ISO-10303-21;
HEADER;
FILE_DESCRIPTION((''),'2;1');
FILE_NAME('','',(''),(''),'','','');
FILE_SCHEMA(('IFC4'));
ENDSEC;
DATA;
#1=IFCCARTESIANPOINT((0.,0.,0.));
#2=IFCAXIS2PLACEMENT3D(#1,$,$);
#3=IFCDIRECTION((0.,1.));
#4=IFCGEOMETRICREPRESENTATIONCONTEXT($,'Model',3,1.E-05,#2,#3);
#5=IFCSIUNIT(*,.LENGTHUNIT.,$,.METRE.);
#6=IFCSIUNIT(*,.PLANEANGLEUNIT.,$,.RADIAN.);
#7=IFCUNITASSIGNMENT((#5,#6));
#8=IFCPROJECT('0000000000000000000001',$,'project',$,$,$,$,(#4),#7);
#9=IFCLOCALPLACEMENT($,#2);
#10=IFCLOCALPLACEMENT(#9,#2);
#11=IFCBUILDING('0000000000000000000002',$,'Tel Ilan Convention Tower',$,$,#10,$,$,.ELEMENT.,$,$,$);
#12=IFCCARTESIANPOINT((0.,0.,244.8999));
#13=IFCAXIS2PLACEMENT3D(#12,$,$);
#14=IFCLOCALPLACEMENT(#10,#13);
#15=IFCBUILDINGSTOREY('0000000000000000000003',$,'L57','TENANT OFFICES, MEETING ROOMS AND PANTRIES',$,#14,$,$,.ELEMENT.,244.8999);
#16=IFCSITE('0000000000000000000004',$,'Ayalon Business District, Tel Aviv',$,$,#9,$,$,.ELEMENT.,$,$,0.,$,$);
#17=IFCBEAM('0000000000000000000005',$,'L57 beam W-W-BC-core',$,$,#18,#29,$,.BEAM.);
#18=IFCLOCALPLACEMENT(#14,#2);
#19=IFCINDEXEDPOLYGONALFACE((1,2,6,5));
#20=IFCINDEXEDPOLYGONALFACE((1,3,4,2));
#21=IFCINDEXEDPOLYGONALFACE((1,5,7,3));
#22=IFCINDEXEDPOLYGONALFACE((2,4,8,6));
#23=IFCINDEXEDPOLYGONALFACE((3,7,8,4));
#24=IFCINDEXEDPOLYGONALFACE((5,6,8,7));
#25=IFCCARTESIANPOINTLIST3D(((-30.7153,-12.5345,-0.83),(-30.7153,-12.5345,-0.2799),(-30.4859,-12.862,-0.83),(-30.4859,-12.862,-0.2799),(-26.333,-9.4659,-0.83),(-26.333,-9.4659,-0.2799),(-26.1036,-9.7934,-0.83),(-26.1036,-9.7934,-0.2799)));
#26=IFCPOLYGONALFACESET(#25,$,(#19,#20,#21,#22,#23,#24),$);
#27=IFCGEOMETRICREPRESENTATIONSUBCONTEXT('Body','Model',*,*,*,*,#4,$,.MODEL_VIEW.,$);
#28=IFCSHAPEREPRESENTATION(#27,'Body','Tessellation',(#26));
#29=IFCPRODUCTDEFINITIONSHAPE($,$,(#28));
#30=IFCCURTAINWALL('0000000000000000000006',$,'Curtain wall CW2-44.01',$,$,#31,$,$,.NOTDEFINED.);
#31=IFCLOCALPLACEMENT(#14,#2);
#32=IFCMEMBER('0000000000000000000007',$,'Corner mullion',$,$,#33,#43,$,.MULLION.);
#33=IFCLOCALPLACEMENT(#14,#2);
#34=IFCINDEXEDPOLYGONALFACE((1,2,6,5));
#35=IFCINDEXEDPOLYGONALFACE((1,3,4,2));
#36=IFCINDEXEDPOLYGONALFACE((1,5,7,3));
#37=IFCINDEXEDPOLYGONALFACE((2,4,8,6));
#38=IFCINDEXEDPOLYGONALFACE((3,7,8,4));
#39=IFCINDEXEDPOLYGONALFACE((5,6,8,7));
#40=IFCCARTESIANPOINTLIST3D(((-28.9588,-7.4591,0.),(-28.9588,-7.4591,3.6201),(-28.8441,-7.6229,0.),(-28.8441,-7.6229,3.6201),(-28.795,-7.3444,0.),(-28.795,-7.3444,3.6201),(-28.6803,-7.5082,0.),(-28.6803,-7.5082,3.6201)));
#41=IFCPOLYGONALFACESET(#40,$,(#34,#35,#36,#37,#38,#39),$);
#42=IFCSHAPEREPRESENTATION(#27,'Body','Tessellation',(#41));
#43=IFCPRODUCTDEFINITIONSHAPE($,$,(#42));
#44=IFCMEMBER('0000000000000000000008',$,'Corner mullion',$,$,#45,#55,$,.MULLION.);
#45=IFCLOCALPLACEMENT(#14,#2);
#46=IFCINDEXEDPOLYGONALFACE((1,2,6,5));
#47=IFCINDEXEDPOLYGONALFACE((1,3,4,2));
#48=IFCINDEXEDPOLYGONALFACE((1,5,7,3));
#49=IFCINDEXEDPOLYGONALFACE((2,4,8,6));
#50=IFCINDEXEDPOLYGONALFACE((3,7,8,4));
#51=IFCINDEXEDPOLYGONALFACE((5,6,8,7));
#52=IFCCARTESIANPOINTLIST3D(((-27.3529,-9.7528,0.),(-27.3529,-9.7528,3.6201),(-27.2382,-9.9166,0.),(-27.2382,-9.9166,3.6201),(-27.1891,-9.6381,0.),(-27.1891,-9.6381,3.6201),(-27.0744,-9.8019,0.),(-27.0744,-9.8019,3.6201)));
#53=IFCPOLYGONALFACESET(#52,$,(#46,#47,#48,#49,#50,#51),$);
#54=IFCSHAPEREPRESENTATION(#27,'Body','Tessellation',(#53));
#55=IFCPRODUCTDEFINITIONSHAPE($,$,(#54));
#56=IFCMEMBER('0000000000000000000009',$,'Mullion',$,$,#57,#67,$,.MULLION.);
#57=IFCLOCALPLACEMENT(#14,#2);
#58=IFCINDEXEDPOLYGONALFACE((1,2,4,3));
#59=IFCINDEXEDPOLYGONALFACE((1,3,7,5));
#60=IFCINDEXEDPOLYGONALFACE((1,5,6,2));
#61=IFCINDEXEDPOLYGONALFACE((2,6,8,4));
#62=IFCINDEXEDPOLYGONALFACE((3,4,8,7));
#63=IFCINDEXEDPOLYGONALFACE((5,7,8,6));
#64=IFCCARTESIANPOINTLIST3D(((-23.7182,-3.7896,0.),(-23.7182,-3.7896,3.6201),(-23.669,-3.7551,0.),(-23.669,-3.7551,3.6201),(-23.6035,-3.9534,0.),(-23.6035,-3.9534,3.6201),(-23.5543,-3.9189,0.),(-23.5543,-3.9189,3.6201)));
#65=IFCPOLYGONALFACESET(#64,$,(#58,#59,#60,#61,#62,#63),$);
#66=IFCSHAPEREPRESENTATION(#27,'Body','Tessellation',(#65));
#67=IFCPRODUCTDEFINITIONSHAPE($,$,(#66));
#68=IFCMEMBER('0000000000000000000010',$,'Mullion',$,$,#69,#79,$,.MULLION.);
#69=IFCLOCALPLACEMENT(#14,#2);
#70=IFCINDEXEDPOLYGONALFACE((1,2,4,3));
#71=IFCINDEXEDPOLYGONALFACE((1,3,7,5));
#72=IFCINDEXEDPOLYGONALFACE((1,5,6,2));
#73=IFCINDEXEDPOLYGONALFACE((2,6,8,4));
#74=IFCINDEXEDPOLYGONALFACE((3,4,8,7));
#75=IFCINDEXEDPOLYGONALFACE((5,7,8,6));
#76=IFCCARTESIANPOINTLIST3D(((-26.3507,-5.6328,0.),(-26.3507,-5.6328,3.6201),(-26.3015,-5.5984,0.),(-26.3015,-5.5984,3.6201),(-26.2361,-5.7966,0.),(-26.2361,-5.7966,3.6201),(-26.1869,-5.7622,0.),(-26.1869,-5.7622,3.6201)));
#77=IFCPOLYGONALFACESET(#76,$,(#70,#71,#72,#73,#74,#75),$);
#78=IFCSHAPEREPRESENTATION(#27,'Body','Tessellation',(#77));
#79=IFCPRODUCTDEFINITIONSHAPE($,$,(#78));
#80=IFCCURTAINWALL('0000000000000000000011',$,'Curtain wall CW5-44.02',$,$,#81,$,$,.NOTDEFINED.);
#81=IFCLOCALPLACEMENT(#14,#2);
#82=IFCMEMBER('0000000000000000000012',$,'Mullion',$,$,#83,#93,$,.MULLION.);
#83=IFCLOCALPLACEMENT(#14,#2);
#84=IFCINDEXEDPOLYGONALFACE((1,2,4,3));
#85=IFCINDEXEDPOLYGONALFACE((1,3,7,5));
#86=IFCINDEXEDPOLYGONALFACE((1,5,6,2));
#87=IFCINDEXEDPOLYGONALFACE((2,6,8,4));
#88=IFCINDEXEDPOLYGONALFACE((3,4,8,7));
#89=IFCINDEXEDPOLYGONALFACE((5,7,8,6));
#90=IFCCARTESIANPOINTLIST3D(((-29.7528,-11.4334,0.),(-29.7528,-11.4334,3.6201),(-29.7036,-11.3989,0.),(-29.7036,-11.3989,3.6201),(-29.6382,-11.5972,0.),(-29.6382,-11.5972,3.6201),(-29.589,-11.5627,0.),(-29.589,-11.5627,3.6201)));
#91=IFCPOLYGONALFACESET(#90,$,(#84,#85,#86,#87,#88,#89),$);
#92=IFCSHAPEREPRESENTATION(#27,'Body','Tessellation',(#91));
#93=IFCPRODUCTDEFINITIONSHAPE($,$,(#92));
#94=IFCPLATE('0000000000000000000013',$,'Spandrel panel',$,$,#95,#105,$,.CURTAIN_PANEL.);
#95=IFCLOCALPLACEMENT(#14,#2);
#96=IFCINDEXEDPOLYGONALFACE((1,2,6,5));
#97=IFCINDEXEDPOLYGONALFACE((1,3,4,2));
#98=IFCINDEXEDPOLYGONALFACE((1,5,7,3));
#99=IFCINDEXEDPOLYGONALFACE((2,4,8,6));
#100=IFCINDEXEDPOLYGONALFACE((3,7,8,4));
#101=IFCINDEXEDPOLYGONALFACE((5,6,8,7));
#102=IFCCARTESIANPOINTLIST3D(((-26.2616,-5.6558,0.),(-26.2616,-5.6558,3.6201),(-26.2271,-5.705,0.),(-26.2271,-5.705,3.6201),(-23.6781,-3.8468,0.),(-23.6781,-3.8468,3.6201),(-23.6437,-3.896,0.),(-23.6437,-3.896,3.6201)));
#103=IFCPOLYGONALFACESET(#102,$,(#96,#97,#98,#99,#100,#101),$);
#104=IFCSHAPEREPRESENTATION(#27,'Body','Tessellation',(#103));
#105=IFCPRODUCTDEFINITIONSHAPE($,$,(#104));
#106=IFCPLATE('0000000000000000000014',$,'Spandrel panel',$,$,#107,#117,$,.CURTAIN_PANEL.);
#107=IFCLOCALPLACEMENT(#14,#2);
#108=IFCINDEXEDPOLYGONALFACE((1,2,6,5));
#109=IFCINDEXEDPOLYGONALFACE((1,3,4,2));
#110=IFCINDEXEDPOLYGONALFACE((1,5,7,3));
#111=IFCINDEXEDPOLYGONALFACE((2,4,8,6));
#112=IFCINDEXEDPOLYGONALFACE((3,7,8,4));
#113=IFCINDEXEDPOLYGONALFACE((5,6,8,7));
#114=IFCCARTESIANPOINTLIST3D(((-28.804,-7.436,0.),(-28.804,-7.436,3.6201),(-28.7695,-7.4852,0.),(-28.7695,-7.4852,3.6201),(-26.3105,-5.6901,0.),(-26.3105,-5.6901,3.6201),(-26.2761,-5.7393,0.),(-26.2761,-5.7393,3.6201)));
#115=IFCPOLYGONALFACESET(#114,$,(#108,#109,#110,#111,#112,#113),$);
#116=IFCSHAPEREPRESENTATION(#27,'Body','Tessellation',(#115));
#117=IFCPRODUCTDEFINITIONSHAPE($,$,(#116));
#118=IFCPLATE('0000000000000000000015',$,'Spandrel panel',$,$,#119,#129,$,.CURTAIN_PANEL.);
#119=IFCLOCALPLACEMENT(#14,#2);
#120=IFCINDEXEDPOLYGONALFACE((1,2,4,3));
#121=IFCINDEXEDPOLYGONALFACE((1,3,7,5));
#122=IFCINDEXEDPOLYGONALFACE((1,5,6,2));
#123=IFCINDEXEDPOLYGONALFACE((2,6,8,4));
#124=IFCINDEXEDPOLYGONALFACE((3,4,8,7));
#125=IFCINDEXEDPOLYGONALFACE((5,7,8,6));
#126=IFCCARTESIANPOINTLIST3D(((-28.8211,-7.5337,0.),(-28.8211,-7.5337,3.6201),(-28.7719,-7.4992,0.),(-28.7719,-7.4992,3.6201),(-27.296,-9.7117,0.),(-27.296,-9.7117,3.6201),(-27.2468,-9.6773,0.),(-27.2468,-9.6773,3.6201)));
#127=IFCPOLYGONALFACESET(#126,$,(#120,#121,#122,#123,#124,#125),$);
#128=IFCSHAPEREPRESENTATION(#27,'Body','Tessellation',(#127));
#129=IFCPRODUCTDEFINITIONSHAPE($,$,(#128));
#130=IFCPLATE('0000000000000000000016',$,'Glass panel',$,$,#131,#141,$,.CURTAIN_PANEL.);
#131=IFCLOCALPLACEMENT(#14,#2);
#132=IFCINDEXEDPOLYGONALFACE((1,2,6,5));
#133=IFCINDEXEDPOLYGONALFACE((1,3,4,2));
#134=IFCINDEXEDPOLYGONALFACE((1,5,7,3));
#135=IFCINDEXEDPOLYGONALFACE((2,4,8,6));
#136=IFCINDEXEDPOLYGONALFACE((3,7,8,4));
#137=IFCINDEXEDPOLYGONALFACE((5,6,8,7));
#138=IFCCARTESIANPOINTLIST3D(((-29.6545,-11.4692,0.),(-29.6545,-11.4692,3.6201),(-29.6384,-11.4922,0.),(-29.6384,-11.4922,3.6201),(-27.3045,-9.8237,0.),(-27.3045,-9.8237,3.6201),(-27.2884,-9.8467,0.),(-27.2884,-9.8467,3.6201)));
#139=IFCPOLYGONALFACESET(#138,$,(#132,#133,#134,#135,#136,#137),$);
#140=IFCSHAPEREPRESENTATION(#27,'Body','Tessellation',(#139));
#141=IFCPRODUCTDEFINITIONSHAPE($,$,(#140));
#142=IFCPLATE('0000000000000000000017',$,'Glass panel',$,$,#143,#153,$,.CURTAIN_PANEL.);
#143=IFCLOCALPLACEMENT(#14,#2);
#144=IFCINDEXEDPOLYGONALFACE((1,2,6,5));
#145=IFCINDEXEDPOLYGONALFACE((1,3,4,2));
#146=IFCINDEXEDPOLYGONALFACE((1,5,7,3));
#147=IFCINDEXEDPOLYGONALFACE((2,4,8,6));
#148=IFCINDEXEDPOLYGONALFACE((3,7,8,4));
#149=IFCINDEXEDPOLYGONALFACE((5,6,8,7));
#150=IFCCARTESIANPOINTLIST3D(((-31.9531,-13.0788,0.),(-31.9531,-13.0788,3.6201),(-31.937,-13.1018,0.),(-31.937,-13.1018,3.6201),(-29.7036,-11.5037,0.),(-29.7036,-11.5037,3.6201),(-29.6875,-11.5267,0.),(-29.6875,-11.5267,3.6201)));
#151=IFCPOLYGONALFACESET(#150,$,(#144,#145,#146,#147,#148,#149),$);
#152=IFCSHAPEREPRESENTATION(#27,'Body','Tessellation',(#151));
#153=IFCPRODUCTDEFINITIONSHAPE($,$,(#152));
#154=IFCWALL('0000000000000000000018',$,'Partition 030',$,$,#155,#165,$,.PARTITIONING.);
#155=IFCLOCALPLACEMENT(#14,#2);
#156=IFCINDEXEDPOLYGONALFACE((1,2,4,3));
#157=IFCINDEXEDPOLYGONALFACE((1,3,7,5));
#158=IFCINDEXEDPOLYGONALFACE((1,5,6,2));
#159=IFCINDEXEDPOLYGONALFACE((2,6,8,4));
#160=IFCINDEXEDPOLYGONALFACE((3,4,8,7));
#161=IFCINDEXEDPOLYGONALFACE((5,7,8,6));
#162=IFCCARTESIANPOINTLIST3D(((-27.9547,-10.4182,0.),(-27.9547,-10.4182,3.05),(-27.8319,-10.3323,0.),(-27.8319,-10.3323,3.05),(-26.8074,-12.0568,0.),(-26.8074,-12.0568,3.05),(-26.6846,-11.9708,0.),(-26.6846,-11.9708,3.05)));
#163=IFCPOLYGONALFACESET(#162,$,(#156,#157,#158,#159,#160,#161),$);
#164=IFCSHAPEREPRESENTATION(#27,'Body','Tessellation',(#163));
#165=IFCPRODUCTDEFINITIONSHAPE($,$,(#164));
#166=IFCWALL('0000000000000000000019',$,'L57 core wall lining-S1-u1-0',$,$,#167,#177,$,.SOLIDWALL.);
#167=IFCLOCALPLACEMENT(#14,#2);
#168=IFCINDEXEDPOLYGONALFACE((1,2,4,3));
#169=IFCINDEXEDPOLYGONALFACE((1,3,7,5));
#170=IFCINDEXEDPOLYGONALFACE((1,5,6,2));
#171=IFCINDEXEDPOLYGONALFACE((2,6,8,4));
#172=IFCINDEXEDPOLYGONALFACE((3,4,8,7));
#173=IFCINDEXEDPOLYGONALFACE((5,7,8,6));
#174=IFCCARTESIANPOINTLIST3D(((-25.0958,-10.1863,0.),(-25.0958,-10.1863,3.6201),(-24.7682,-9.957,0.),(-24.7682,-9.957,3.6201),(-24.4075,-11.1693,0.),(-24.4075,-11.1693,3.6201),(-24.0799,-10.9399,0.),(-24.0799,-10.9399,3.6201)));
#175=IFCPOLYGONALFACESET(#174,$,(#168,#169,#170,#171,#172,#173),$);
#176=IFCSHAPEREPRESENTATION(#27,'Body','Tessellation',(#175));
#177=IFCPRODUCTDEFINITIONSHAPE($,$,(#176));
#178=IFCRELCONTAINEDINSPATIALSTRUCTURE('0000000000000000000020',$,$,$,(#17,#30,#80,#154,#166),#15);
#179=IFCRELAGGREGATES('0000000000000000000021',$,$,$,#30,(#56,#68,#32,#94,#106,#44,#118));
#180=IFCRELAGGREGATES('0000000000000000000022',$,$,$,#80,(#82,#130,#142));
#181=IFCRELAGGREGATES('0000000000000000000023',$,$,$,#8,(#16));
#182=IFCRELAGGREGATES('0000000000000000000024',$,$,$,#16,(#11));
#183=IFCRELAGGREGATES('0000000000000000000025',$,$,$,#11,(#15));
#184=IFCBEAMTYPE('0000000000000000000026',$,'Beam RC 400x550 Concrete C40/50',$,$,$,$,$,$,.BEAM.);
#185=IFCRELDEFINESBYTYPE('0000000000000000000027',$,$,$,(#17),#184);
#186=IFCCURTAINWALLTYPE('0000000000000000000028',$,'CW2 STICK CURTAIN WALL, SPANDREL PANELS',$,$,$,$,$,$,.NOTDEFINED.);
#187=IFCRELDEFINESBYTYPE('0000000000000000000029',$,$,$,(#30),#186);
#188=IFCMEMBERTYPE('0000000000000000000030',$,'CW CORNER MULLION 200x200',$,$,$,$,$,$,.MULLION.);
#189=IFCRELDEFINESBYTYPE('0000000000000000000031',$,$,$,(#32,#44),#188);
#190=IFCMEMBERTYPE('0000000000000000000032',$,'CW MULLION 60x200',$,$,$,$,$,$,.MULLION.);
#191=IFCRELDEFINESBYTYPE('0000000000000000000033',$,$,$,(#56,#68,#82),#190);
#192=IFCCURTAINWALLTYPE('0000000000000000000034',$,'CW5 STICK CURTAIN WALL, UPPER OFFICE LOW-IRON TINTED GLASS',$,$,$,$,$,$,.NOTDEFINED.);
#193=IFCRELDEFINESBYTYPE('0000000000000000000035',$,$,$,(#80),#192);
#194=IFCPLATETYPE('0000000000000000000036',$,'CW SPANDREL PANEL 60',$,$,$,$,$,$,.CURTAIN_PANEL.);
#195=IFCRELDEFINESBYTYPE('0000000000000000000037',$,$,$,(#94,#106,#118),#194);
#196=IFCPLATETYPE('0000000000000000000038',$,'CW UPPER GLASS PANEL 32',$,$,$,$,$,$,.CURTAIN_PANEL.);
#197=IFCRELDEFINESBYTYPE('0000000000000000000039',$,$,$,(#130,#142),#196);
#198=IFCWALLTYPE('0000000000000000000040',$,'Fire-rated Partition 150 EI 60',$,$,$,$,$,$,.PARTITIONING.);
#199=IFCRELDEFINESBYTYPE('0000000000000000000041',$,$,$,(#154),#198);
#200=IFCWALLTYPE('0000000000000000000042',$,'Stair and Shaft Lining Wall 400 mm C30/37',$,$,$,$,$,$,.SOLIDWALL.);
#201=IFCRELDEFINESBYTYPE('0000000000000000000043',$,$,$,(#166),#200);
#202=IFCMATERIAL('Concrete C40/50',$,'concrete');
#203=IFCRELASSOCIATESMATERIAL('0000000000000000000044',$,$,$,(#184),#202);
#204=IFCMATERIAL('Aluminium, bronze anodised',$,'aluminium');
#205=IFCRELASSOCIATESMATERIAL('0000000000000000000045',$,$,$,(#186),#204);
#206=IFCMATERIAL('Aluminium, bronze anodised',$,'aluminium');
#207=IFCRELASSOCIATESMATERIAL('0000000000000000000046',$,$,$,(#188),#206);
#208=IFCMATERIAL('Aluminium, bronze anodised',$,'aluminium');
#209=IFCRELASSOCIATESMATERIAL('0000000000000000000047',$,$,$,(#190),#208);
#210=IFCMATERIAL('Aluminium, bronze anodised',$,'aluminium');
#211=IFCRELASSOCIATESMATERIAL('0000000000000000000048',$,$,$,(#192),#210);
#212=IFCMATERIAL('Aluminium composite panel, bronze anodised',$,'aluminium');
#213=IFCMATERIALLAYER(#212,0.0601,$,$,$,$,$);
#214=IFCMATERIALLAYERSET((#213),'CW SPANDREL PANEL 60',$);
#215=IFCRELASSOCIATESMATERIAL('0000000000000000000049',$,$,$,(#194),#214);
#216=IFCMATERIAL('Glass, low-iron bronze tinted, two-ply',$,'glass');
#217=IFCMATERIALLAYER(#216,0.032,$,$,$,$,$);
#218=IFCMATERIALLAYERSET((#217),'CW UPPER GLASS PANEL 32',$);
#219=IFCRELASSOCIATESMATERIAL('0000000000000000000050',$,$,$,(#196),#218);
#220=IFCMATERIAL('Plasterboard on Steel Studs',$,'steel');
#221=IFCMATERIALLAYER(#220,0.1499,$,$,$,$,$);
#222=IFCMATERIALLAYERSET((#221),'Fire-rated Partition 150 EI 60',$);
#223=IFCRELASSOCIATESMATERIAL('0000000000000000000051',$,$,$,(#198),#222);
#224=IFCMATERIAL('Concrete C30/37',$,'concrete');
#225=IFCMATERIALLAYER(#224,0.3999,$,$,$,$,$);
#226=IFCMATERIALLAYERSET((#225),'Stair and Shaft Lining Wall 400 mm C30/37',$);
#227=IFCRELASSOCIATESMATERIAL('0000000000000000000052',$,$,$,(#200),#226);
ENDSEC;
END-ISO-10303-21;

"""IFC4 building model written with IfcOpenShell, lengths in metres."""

from ifc_helpers import new_model, si_unit, direction, frame, frame_2d, origin, origin_2d, place, context, subcontext, project, spatial, rectangle, extrude, material, layer, layer_set, material_profile, profile_set, type_object, element, aggregate, save


model = new_model("IFC4")

# Units and contexts
model_context = context("Model", 3, precision=1e-05, world=origin(), true_north=direction((0.0, 1.0)))
body_context = subcontext(model_context, "Body", "Model", "MODEL_VIEW")
ifc_project = project(units=[si_unit("LENGTHUNIT", "METRE"), si_unit("PLANEANGLEUNIT", "RADIAN")], contexts=[model_context])

# Site, building, storey
site_placement = place(None, origin())
site = spatial("IfcSite", under=ifc_project, at=site_placement, Name="Ayalon Business District, Tel Aviv", CompositionType="ELEMENT", RefElevation=0.0)
building_placement = place(site_placement, origin())
building = spatial("IfcBuilding", under=site, at=building_placement, Name="Tel Ilan Convention Tower", CompositionType="ELEMENT")
storey_placement = place(building_placement, frame((0.0, 0.0, 244.8999)))
storey = spatial("IfcBuildingStorey", under=building, at=storey_placement, Name="L57", Description="TENANT OFFICES, MEETING ROOMS AND PANTRIES", CompositionType="ELEMENT", Elevation=244.8999)

# Beam
ifc_material_1 = material(Name="Concrete C40/50", Category="concrete")
ifc_material_profile_1 = material_profile(ifc_material_1, rectangle(XDim=0.3999, YDim=0.55, at=origin_2d()), Name="RC 400x550")
ifc_profile_set_1 = profile_set([ifc_material_profile_1], Name="Concrete C40/50")
beam_type = type_object("IfcBeamType", Name="Beam RC 400x550 Concrete C40/50", PredefinedType="BEAM", material=ifc_profile_set_1)
beam_placement = place(storey_placement, frame((-30.6006, -12.6982, -0.5549), z_axis=(0.819146, 0.573585, 0.0), x_axis=(-0.573585, 0.819146, 0.0)))
element("IfcBeam", 1, at=beam_placement, inside=storey, type_object=beam_type, Name="L57 beam W-W-BC-core", PredefinedType="BEAM", context=body_context, shape_type="SweptSolid", body=[
    extrude(rectangle(XDim=0.3999, YDim=0.55, at=origin_2d()), origin(), (0.0, 0.0, 1.0), 5.3499),
])

# Curtain wall, members
ifc_material_2 = material(Name="Aluminium, bronze anodised", Category="aluminium")
curtain_wall_type_1 = type_object("IfcCurtainWallType", Name="CW2 STICK CURTAIN WALL, SPANDREL PANELS", PredefinedType="NOTDEFINED", material=ifc_material_2)
curtain_wall_1_placement = place(storey_placement, origin())
curtain_wall_1 = element("IfcCurtainWall", 2, at=curtain_wall_1_placement, inside=storey, type_object=curtain_wall_type_1, Name="Curtain wall CW2-44.01", PredefinedType="NOTDEFINED")
ifc_material_3 = material(Name="Aluminium, bronze anodised", Category="aluminium")
ifc_material_profile_2 = material_profile(ifc_material_3, rectangle(XDim=0.2, YDim=0.2, at=origin_2d()), Name="CW CORNER MULLION 200x200")
ifc_profile_set_2 = profile_set([ifc_material_profile_2], Name="Aluminium, bronze anodised")
member_type_1 = type_object("IfcMemberType", Name="CW CORNER MULLION 200x200", PredefinedType="MULLION", material=ifc_profile_set_2)
member_1_placement = place(storey_placement, frame((-28.8196, -7.4836, 0.0), z_axis=(0.0, 0.0, 1.0), x_axis=(-0.819152, -0.573576, 0.0)))
member_1 = element("IfcMember", 3, at=member_1_placement, type_object=member_type_1, Name="Corner mullion", PredefinedType="MULLION", context=body_context, shape_type="SweptSolid", body=[
    extrude(rectangle(XDim=0.2, YDim=0.2, at=origin_2d()), origin(), (0.0, 0.0, 1.0), 3.6201),
])
member_2_placement = place(storey_placement, frame((-27.2136, -9.7773, 0.0), z_axis=(0.0, 0.0, 1.0), x_axis=(0.573576, -0.819152, 0.0)))
member_2 = element("IfcMember", 4, at=member_2_placement, type_object=member_type_1, Name="Corner mullion", PredefinedType="MULLION", context=body_context, shape_type="SweptSolid", body=[
    extrude(rectangle(XDim=0.2, YDim=0.2, at=origin_2d()), origin(), (0.0, 0.0, 1.0), 3.6201),
])
ifc_material_4 = material(Name="Aluminium, bronze anodised", Category="aluminium")
ifc_material_profile_3 = material_profile(ifc_material_4, rectangle(XDim=0.0601, YDim=0.2, at=origin_2d()), Name="CW MULLION 60x200")
ifc_profile_set_3 = profile_set([ifc_material_profile_3], Name="Aluminium, bronze anodised")
member_type_2 = type_object("IfcMemberType", Name="CW MULLION 60x200", PredefinedType="MULLION", material=ifc_profile_set_3)
member_3_placement = place(storey_placement, frame((-23.6362, -3.8542, 0.0), z_axis=(0.0, 0.0, 1.0), x_axis=(-0.819152, -0.573576, 0.0)))
member_3 = element("IfcMember", 5, at=member_3_placement, type_object=member_type_2, Name="Mullion", PredefinedType="MULLION", context=body_context, shape_type="SweptSolid", body=[
    extrude(rectangle(XDim=0.0601, YDim=0.2, at=origin_2d()), origin(), (0.0, 0.0, 1.0), 3.6201),
])
member_4_placement = place(storey_placement, frame((-26.2688, -5.6975, 0.0), z_axis=(0.0, 0.0, 1.0), x_axis=(-0.819152, -0.573576, 0.0)))
member_4 = element("IfcMember", 6, at=member_4_placement, type_object=member_type_2, Name="Mullion", PredefinedType="MULLION", context=body_context, shape_type="SweptSolid", body=[
    extrude(rectangle(XDim=0.0601, YDim=0.2, at=origin_2d()), origin(), (0.0, 0.0, 1.0), 3.6201),
])

# Curtain wall, member
ifc_material_5 = material(Name="Aluminium, bronze anodised", Category="aluminium")
curtain_wall_type_2 = type_object("IfcCurtainWallType", Name="CW5 STICK CURTAIN WALL, UPPER OFFICE LOW-IRON TINTED GLASS", PredefinedType="NOTDEFINED", material=ifc_material_5)
curtain_wall_2_placement = place(storey_placement, origin())
curtain_wall_2 = element("IfcCurtainWall", 7, at=curtain_wall_2_placement, inside=storey, type_object=curtain_wall_type_2, Name="Curtain wall CW5-44.02", PredefinedType="NOTDEFINED")
member_5_placement = place(storey_placement, frame((-29.6709, -11.498, 0.0), z_axis=(0.0, 0.0, 1.0), x_axis=(-0.819152, -0.573576, 0.0)))
member_5 = element("IfcMember", 8, at=member_5_placement, type_object=member_type_2, Name="Mullion", PredefinedType="MULLION", context=body_context, shape_type="SweptSolid", body=[
    extrude(rectangle(XDim=0.0601, YDim=0.2, at=origin_2d()), origin(), (0.0, 0.0, 1.0), 3.6201),
])

# Plates
ifc_material_6 = material(Name="Aluminium composite panel, bronze anodised", Category="aluminium")
ifc_layer_1 = layer(ifc_material_6, 0.0601)
ifc_layer_set_1 = layer_set([ifc_layer_1], Name="CW SPANDREL PANEL 60")
plate_type_1 = type_object("IfcPlateType", Name="CW SPANDREL PANEL 60", PredefinedType="CURTAIN_PANEL", material=ifc_layer_set_1)
plate_1_placement = place(storey_placement, frame((-24.9526, -4.7759, 0.0), z_axis=(0.0, 0.0, 1.0), x_axis=(-0.819152, -0.573576, 0.0)))
plate_1 = element("IfcPlate", 9, at=plate_1_placement, type_object=plate_type_1, Name="Spandrel panel", PredefinedType="CURTAIN_PANEL", context=body_context, shape_type="SweptSolid", body=[
    extrude(rectangle(XDim=3.1538, YDim=0.0601, at=origin_2d()), origin(), (0.0, 0.0, 1.0), 3.6201),
])
plate_2_placement = place(storey_placement, frame((-27.54, -6.5876, 0.0), z_axis=(0.0, 0.0, 1.0), x_axis=(-0.819152, -0.573576, 0.0)))
plate_2 = element("IfcPlate", 10, at=plate_2_placement, type_object=plate_type_1, Name="Spandrel panel", PredefinedType="CURTAIN_PANEL", context=body_context, shape_type="SweptSolid", body=[
    extrude(rectangle(XDim=3.0439, YDim=0.0601, at=origin_2d()), origin(), (0.0, 0.0, 1.0), 3.6201),
])
plate_3_placement = place(storey_placement, frame((-28.0339, -8.6055, 0.0), z_axis=(0.0, 0.0, 1.0), x_axis=(0.573576, -0.819152, 0.0)))
plate_3 = element("IfcPlate", 11, at=plate_3_placement, type_object=plate_type_1, Name="Spandrel panel", PredefinedType="CURTAIN_PANEL", context=body_context, shape_type="SweptSolid", body=[
    extrude(rectangle(XDim=2.6589, YDim=0.0601, at=origin_2d()), origin(), (0.0, 0.0, 1.0), 3.6201),
])
aggregate(curtain_wall_1, [member_3, member_4, member_1, plate_1, plate_2, member_2, plate_3])
ifc_material_7 = material(Name="Glass, low-iron bronze tinted, two-ply", Category="glass")
ifc_layer_2 = layer(ifc_material_7, 0.032)
ifc_layer_set_2 = layer_set([ifc_layer_2], Name="CW UPPER GLASS PANEL 32")
plate_type_2 = type_object("IfcPlateType", Name="CW UPPER GLASS PANEL 32", PredefinedType="CURTAIN_PANEL", material=ifc_layer_set_2)
plate_4_placement = place(storey_placement, frame((-28.4714, -10.658, 0.0), z_axis=(0.0, 0.0, 1.0), x_axis=(-0.819152, -0.573576, 0.0)))
plate_4 = element("IfcPlate", 12, at=plate_4_placement, type_object=plate_type_2, Name="Glass panel", PredefinedType="CURTAIN_PANEL", context=body_context, shape_type="SweptSolid", body=[
    extrude(rectangle(XDim=2.8689, YDim=0.0281, at=origin_2d()), origin(), (0.0, 0.0, 1.0), 3.6201),
])
plate_5_placement = place(storey_placement, frame((-30.8203, -12.3027, 0.0), z_axis=(0.0, 0.0, 1.0), x_axis=(-0.819152, -0.573576, 0.0)))
plate_5 = element("IfcPlate", 13, at=plate_5_placement, type_object=plate_type_2, Name="Glass panel", PredefinedType="CURTAIN_PANEL", context=body_context, shape_type="SweptSolid", body=[
    extrude(rectangle(XDim=2.7461, YDim=0.0281, at=origin_2d()), origin(), (0.0, 0.0, 1.0), 3.6201),
])
aggregate(curtain_wall_2, [member_5, plate_4, plate_5])

# Walls
ifc_material_8 = material(Name="Plasterboard on Steel Studs", Category="steel")
ifc_layer_3 = layer(ifc_material_8, 0.1499)
ifc_layer_set_3 = layer_set([ifc_layer_3], Name="Fire-rated Partition 150 EI 60")
wall_type_1 = type_object("IfcWallType", Name="Fire-rated Partition 150 EI 60", PredefinedType="PARTITIONING", material=ifc_layer_set_3)
wall_1_placement = place(storey_placement, frame((-26.7461, -12.0137, 0.0), z_axis=(0.0, 0.0, 1.0), x_axis=(-0.573569, 0.819157, 0.0)))
element("IfcWall", 14, at=wall_1_placement, inside=storey, type_object=wall_type_1, Name="Partition 030", PredefinedType="PARTITIONING", context=body_context, shape_type="SweptSolid", body=[
    extrude(rectangle(XDim=2.0002, YDim=0.1499, at=frame_2d((1.0, 0.0))), origin(), (0.0, 0.0, 1.0), 3.05),
])
ifc_material_9 = material(Name="Concrete C30/37", Category="concrete")
ifc_layer_4 = layer(ifc_material_9, 0.3999)
ifc_layer_set_4 = layer_set([ifc_layer_4], Name="Stair and Shaft Lining Wall 400 mm C30/37")
wall_type_2 = type_object("IfcWallType", Name="Stair and Shaft Lining Wall 400 mm C30/37", PredefinedType="SOLIDWALL", material=ifc_layer_set_4)
wall_2_placement = place(storey_placement, frame((-24.2437, -11.0547, 0.0), z_axis=(0.0, 0.0, 1.0), x_axis=(-0.573572, 0.819155, 0.0)))
element("IfcWall", 15, at=wall_2_placement, inside=storey, type_object=wall_type_2, Name="L57 core wall lining-S1-u1-0", PredefinedType="SOLIDWALL", context=body_context, shape_type="SweptSolid", body=[
    extrude(rectangle(XDim=1.2, YDim=0.3999, at=frame_2d((0.6001, 0.0))), origin(), (0.0, 0.0, 1.0), 3.6201),
])

save(model, "model.ifc")
